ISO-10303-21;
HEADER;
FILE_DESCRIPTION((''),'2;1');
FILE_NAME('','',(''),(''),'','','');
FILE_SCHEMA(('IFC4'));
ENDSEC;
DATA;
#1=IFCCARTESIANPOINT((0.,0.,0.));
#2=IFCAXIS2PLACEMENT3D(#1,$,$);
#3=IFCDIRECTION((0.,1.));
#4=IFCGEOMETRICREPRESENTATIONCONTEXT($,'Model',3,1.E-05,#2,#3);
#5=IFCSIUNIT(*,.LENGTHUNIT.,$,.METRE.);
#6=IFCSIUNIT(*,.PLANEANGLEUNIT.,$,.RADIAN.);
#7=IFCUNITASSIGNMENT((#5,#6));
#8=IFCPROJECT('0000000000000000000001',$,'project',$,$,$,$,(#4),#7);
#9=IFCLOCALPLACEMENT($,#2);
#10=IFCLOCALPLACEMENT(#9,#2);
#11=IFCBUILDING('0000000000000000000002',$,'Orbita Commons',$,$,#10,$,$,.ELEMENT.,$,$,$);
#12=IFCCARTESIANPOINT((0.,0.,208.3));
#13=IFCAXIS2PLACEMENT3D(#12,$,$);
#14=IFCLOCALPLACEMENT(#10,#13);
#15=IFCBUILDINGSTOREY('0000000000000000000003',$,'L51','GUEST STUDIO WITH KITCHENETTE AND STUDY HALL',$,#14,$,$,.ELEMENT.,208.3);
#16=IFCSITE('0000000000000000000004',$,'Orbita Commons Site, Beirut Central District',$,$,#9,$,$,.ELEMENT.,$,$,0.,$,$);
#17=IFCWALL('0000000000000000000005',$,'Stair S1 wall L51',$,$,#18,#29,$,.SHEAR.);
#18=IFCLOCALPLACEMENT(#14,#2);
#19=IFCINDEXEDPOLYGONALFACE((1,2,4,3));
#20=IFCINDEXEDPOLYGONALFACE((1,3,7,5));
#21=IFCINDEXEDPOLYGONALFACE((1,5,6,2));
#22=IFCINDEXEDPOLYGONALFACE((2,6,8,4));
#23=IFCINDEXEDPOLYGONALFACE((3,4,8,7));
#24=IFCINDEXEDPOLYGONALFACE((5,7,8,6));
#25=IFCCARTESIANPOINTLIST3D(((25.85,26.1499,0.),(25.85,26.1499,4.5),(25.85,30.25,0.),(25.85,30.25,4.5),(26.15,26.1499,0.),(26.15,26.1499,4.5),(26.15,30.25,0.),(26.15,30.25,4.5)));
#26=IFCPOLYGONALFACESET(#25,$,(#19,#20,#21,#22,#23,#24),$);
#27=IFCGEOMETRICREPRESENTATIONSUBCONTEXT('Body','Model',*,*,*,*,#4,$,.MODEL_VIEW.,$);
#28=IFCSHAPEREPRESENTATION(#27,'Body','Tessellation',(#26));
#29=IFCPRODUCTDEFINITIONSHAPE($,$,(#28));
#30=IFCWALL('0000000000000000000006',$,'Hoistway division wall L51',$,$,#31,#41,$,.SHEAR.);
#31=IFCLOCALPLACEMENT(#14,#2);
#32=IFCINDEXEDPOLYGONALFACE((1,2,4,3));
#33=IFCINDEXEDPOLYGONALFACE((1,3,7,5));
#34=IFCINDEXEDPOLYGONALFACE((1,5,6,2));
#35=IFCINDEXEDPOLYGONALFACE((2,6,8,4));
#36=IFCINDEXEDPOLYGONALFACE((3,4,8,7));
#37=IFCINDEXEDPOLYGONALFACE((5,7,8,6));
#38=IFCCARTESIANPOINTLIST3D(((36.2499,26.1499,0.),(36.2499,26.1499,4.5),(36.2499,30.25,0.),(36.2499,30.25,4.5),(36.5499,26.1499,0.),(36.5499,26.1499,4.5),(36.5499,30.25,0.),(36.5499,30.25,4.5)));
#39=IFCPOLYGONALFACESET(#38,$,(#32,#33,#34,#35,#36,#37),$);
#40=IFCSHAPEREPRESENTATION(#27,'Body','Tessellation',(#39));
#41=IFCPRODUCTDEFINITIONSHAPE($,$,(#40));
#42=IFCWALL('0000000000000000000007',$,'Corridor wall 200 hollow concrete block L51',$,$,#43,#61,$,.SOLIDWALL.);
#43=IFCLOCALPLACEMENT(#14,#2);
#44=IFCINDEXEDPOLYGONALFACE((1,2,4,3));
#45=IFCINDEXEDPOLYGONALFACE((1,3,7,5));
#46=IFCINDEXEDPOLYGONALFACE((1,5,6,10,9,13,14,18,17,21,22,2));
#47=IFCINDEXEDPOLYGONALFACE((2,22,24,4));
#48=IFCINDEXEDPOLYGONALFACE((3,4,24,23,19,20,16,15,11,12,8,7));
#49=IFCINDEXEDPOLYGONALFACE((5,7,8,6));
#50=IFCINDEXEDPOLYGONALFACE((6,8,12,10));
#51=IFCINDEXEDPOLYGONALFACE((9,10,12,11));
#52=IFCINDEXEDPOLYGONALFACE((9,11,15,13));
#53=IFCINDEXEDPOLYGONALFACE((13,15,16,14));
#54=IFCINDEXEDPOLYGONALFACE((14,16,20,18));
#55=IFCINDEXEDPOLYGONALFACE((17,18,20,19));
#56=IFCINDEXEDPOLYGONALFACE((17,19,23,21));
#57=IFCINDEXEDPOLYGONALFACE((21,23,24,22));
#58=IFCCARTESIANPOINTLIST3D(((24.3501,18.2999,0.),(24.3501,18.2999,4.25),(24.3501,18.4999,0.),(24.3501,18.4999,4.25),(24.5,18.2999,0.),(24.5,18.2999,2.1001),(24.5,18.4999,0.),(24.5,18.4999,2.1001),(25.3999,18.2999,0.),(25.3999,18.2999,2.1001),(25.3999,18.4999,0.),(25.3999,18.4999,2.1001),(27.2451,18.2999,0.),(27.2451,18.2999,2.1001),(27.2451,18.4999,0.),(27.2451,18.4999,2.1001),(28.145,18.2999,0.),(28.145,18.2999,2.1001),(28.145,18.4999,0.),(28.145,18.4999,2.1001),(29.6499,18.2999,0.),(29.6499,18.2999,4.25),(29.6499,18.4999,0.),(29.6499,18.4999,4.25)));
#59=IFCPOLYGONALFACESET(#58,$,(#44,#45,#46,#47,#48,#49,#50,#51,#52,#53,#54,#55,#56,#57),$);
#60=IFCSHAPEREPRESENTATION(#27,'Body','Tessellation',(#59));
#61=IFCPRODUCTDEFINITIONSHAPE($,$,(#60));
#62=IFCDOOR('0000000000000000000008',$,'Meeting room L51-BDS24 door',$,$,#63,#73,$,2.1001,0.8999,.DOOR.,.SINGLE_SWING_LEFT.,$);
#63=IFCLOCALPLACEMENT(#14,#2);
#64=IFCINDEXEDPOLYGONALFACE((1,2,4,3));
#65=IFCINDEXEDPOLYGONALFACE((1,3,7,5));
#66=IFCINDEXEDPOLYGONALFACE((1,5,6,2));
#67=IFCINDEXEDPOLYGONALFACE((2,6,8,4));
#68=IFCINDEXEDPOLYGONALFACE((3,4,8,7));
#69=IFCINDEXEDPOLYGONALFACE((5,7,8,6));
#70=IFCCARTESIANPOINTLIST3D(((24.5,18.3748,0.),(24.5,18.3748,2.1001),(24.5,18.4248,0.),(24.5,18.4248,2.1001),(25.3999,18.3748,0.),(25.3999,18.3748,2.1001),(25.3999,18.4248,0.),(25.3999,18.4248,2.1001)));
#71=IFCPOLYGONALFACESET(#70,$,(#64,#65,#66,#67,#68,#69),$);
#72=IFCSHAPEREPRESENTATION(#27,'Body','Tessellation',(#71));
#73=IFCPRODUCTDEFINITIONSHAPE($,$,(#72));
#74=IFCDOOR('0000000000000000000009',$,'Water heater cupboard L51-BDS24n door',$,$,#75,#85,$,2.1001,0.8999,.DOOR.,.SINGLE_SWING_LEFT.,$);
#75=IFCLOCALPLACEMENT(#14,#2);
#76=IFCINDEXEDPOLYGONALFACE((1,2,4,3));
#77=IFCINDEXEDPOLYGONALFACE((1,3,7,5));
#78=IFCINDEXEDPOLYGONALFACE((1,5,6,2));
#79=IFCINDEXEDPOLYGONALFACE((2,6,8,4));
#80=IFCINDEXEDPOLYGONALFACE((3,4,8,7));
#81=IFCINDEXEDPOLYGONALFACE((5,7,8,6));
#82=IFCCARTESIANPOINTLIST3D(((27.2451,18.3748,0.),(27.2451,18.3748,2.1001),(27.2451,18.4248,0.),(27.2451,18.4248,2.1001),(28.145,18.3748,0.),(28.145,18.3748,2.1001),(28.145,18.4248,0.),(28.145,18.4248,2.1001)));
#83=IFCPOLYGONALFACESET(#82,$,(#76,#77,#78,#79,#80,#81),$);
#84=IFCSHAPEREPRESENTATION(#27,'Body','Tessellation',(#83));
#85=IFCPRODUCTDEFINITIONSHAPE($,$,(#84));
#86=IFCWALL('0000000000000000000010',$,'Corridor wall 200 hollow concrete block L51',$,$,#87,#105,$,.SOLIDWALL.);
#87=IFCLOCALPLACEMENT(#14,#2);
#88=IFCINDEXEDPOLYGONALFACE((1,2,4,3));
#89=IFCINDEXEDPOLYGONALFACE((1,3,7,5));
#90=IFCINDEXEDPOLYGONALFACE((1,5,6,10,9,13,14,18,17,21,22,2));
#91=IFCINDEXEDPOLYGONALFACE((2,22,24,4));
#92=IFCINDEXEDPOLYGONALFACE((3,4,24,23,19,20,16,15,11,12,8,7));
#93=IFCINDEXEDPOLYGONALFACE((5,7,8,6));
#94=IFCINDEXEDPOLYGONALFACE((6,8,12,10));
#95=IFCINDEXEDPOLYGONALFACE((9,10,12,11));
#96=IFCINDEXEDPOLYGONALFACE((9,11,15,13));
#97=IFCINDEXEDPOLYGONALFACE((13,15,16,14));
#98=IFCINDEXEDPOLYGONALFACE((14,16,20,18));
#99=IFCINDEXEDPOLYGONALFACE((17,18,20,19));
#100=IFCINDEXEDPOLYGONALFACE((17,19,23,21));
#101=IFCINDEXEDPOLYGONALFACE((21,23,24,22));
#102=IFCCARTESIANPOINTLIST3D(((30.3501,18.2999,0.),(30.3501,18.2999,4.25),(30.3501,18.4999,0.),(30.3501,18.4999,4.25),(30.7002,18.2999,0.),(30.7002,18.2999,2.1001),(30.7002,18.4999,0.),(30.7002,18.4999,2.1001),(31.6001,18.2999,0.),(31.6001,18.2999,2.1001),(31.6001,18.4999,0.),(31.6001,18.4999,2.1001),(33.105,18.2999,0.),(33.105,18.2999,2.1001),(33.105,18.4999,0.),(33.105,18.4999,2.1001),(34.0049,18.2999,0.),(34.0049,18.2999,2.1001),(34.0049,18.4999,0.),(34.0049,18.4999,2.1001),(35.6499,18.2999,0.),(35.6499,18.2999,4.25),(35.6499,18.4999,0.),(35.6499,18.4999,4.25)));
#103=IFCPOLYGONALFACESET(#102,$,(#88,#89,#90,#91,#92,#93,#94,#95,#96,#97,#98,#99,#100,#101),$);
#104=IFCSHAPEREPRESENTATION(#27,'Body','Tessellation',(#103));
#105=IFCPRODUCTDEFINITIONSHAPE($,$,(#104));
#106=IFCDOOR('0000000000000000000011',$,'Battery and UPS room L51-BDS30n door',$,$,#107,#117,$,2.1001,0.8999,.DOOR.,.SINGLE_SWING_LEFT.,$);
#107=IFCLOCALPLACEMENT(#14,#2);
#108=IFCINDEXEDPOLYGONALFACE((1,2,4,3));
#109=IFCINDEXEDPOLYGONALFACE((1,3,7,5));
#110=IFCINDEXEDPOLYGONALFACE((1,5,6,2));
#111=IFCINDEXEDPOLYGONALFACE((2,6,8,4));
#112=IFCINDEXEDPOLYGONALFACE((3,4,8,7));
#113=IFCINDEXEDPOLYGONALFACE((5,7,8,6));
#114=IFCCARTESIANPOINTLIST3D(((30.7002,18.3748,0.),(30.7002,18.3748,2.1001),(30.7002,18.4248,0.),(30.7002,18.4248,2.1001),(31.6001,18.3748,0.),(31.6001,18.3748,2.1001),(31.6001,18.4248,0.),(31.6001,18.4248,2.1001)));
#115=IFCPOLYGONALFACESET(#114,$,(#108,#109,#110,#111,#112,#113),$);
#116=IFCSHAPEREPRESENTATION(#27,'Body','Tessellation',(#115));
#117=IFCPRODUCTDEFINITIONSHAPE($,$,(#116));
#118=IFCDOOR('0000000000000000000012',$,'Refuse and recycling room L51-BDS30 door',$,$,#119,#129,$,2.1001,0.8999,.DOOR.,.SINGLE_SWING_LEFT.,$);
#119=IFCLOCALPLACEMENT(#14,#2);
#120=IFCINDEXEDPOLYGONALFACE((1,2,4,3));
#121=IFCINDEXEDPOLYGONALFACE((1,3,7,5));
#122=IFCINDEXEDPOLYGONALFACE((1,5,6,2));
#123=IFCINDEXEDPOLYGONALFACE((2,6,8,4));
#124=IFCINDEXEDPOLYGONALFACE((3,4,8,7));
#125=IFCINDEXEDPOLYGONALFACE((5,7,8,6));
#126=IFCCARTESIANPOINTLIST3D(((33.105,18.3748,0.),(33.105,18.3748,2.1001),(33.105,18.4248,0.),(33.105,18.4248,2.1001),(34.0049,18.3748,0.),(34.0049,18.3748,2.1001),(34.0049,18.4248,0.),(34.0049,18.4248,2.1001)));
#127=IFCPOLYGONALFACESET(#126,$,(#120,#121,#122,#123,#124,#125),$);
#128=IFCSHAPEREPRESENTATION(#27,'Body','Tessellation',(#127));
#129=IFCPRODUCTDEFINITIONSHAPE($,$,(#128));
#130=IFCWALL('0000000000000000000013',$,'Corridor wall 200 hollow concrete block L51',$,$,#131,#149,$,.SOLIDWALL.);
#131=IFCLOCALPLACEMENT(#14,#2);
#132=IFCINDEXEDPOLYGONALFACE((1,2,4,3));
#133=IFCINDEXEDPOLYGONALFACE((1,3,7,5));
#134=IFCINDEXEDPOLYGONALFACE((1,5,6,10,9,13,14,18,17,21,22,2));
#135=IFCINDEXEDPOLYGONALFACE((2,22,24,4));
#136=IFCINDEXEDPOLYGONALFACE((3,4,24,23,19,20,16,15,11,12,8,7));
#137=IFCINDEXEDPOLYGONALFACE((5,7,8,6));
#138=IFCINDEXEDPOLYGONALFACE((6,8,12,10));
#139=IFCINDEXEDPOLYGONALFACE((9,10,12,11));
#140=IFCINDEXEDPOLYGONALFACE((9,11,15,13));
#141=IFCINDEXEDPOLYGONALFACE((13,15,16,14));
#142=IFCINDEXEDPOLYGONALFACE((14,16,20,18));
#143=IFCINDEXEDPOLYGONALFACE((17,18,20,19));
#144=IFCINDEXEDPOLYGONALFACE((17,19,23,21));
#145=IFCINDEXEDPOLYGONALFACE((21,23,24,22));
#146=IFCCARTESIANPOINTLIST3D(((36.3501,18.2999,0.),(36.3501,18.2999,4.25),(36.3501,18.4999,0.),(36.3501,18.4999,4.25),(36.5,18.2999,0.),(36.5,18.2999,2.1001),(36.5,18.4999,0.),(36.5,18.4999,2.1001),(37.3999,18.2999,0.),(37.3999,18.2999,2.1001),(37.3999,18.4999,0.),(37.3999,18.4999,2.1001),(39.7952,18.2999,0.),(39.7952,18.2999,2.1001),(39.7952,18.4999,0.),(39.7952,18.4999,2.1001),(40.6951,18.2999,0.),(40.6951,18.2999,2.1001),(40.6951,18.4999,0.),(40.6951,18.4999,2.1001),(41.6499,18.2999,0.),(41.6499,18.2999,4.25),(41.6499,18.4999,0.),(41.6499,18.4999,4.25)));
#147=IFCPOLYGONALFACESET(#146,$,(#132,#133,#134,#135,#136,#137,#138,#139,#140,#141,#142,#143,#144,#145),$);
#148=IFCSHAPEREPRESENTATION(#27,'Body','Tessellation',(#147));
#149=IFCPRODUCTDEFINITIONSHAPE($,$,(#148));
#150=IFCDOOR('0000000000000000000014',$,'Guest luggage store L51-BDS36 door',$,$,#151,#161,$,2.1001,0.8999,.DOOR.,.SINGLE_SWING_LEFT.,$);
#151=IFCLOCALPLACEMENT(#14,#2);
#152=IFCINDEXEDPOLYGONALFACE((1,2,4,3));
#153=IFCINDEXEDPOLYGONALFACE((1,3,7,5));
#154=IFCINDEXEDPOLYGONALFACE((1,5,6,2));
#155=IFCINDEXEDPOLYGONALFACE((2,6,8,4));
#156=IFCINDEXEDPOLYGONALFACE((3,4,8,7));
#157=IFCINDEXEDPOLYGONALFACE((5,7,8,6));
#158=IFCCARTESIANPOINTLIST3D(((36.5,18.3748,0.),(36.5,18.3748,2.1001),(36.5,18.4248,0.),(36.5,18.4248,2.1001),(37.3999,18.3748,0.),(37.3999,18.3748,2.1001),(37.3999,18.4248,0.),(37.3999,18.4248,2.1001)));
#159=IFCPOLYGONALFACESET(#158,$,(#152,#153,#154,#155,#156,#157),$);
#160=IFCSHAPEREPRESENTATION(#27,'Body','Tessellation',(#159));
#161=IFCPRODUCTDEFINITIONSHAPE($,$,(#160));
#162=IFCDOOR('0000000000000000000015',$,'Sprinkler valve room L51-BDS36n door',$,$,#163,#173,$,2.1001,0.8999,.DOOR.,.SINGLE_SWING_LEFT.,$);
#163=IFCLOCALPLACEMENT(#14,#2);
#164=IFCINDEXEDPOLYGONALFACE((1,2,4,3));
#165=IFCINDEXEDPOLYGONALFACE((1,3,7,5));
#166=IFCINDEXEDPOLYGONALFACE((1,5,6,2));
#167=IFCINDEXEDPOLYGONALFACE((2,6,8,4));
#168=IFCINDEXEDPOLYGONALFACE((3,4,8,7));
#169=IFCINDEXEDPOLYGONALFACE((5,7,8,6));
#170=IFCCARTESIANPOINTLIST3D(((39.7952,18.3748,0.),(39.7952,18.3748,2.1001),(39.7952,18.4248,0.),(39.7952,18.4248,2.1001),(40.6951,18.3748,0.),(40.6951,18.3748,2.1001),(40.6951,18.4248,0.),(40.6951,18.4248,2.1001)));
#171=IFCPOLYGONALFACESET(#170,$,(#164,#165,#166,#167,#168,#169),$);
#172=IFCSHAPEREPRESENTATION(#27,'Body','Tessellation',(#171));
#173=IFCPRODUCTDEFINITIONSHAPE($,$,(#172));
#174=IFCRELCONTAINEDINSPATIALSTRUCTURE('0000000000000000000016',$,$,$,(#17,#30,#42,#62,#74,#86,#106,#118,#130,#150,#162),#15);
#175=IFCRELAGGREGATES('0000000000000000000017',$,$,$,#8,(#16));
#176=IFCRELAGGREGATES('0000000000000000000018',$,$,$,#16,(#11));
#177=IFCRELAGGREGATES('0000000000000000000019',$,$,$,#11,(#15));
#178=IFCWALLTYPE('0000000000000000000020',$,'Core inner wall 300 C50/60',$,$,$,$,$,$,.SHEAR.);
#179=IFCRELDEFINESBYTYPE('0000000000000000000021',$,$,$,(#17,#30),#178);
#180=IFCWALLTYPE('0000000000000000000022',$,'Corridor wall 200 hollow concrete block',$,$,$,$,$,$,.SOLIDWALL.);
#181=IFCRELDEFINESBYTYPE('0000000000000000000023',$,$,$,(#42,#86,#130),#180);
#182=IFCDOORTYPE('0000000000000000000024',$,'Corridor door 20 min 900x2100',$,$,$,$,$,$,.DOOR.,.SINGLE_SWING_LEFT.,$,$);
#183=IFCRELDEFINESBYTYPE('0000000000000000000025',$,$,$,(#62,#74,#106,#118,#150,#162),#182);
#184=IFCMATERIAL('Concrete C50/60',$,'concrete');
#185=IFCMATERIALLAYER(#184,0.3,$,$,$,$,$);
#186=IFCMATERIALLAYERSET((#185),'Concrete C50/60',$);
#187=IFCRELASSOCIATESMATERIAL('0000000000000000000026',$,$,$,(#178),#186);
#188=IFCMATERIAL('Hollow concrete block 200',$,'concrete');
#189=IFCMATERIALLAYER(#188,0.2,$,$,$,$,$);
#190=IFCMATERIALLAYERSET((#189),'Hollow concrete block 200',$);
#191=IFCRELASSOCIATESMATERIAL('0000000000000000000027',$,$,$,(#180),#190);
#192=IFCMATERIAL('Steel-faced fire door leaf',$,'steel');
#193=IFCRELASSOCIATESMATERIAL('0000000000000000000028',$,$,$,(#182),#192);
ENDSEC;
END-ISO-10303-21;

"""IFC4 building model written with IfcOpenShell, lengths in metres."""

from ifc_helpers import new_model, si_unit, direction, frame, frame_2d, origin, place, context, subcontext, project, spatial, rectangle, extrude, material, layer, layer_set, type_object, element, fill, save


model = new_model("IFC4")

# Units and contexts
model_context = context("Model", 3, precision=1e-05, world=origin(), true_north=direction((0.0, 1.0)))
body_context = subcontext(model_context, "Body", "Model", "MODEL_VIEW")
ifc_project = project(units=[si_unit("LENGTHUNIT", "METRE"), si_unit("PLANEANGLEUNIT", "RADIAN")], contexts=[model_context])

# Site, building, storey
site_placement = place(None, origin())
site = spatial("IfcSite", under=ifc_project, at=site_placement, Name="Orbita Commons Site, Beirut Central District", CompositionType="ELEMENT", RefElevation=0.0)
building_placement = place(site_placement, origin())
building = spatial("IfcBuilding", under=site, at=building_placement, Name="Orbita Commons", CompositionType="ELEMENT")
storey_placement = place(building_placement, frame((0.0, 0.0, 208.3)))
storey = spatial("IfcBuildingStorey", under=building, at=storey_placement, Name="L51", Description="GUEST STUDIO WITH KITCHENETTE AND STUDY HALL", CompositionType="ELEMENT", Elevation=208.3)

# Walls
ifc_material_1 = material(Name="Concrete C50/60", Category="concrete")
ifc_layer_1 = layer(ifc_material_1, 0.3)
ifc_layer_set_1 = layer_set([ifc_layer_1], Name="Concrete C50/60")
wall_type_1 = type_object("IfcWallType", Name="Core inner wall 300 C50/60", PredefinedType="SHEAR", material=ifc_layer_set_1)
for number, where, z_axis, x_axis, name in (
    (1, (26.0, 26.1499, 0.0), (0.0, 0.0, 1.0), (0.0, 1.0, 0.0), "Stair S1 wall L51"),
    (2, (36.3999, 26.1499, 0.0), (0.0, 0.0, 1.0), (0.0, 1.0, 0.0), "Hoistway division wall L51"),
):
    element("IfcWall", number, at=place(storey_placement, frame(where, z_axis=z_axis, x_axis=x_axis)), inside=storey, type_object=wall_type_1, Name=name, PredefinedType="SHEAR", context=body_context, shape_type="SweptSolid", body=[
        extrude(rectangle(XDim=4.1001, YDim=0.3, at=frame_2d((2.05, 0.0))), origin(), (0.0, 0.0, 1.0), 4.5),
    ])

# Walls, openings, doors
ifc_material_2 = material(Name="Hollow concrete block 200", Category="concrete")
ifc_layer_2 = layer(ifc_material_2, 0.2)
ifc_layer_set_2 = layer_set([ifc_layer_2], Name="Hollow concrete block 200")
wall_type_2 = type_object("IfcWallType", Name="Corridor wall 200 hollow concrete block", PredefinedType="SOLIDWALL", material=ifc_layer_set_2)
wall_1_placement = place(storey_placement, frame((24.3501, 18.3999, 0.0), z_axis=(0.0, 0.0, 1.0), x_axis=(1.0, 0.0, 0.0)))
wall_1 = element("IfcWall", 3, at=wall_1_placement, inside=storey, type_object=wall_type_2, Name="Corridor wall 200 hollow concrete block L51", PredefinedType="SOLIDWALL", context=body_context, shape_type="SweptSolid", body=[
    extrude(rectangle(XDim=5.2998, YDim=0.2, at=frame_2d((2.6499, 0.0))), origin(), (0.0, 0.0, 1.0), 4.25),
])
opening_1_placement = place(wall_1_placement, frame((0.1499, 0.0, 0.0)))
opening_1 = element("IfcOpeningElement", 4, at=opening_1_placement, cuts=wall_1, PredefinedType="OPENING", context=body_context, shape_type="SweptSolid", body=[
    extrude(rectangle(XDim=0.8999, YDim=2.1001, at=frame_2d((0.45, 1.05))), frame((0.0, 0.1099, 0.0), z_axis=(0.0, -1.0, 0.0), x_axis=(1.0, 0.0, 0.0)), (0.0, 0.0, 1.0), 0.22),
])
opening_2_placement = place(wall_1_placement, frame((2.895, 0.0, 0.0)))
opening_2 = element("IfcOpeningElement", 5, at=opening_2_placement, cuts=wall_1, PredefinedType="OPENING", context=body_context, shape_type="SweptSolid", body=[
    extrude(rectangle(XDim=0.8999, YDim=2.1001, at=frame_2d((0.45, 1.05))), frame((0.0, 0.1099, 0.0), z_axis=(0.0, -1.0, 0.0), x_axis=(1.0, 0.0, 0.0)), (0.0, 0.0, 1.0), 0.22),
])
ifc_material_3 = material(Name="Steel-faced fire door leaf", Category="steel")
door_type = type_object("IfcDoorType", Name="Corridor door 20 min 900x2100", OperationType="SINGLE_SWING_LEFT", PredefinedType="DOOR", material=ifc_material_3)
door_1_placement = place(opening_1_placement, origin())
door_1 = element("IfcDoor", 6, at=door_1_placement, inside=storey, type_object=door_type, Name="Meeting room L51-BDS24 door", OperationType="SINGLE_SWING_LEFT", OverallHeight=2.1001, OverallWidth=0.8999, PredefinedType="DOOR", context=body_context, shape_type="SweptSolid", body=[
    extrude(rectangle(XDim=0.8999, YDim=2.1001, at=frame_2d((0.45, 1.05))), frame((0.0, 0.0249, 0.0), z_axis=(0.0, -1.0, 0.0), x_axis=(1.0, 0.0, 0.0)), (0.0, 0.0, 1.0), 0.05),
])
fill(opening_1, door_1)
door_2_placement = place(opening_2_placement, origin())
door_2 = element("IfcDoor", 7, at=door_2_placement, inside=storey, type_object=door_type, Name="Water heater cupboard L51-BDS24n door", OperationType="SINGLE_SWING_LEFT", OverallHeight=2.1001, OverallWidth=0.8999, PredefinedType="DOOR", context=body_context, shape_type="SweptSolid", body=[
    extrude(rectangle(XDim=0.8999, YDim=2.1001, at=frame_2d((0.45, 1.05))), frame((0.0, 0.0249, 0.0), z_axis=(0.0, -1.0, 0.0), x_axis=(1.0, 0.0, 0.0)), (0.0, 0.0, 1.0), 0.05),
])
fill(opening_2, door_2)
wall_2_placement = place(storey_placement, frame((30.3501, 18.3999, 0.0), z_axis=(0.0, 0.0, 1.0), x_axis=(1.0, 0.0, 0.0)))
wall_2 = element("IfcWall", 8, at=wall_2_placement, inside=storey, type_object=wall_type_2, Name="Corridor wall 200 hollow concrete block L51", PredefinedType="SOLIDWALL", context=body_context, shape_type="SweptSolid", body=[
    extrude(rectangle(XDim=5.2998, YDim=0.2, at=frame_2d((2.6499, 0.0))), origin(), (0.0, 0.0, 1.0), 4.25),
])
opening_3_placement = place(wall_2_placement, frame((0.3501, 0.0, 0.0)))
opening_3 = element("IfcOpeningElement", 9, at=opening_3_placement, cuts=wall_2, PredefinedType="OPENING", context=body_context, shape_type="SweptSolid", body=[
    extrude(rectangle(XDim=0.8999, YDim=2.1001, at=frame_2d((0.45, 1.05))), frame((0.0, 0.1099, 0.0), z_axis=(0.0, -1.0, 0.0), x_axis=(1.0, 0.0, 0.0)), (0.0, 0.0, 1.0), 0.22),
])
opening_4_placement = place(wall_2_placement, frame((2.7549, 0.0, 0.0)))
opening_4 = element("IfcOpeningElement", 10, at=opening_4_placement, cuts=wall_2, PredefinedType="OPENING", context=body_context, shape_type="SweptSolid", body=[
    extrude(rectangle(XDim=0.8999, YDim=2.1001, at=frame_2d((0.45, 1.05))), frame((0.0, 0.1099, 0.0), z_axis=(0.0, -1.0, 0.0), x_axis=(1.0, 0.0, 0.0)), (0.0, 0.0, 1.0), 0.22),
])
door_3_placement = place(opening_3_placement, origin())
door_3 = element("IfcDoor", 11, at=door_3_placement, inside=storey, type_object=door_type, Name="Battery and UPS room L51-BDS30n door", OperationType="SINGLE_SWING_LEFT", OverallHeight=2.1001, OverallWidth=0.8999, PredefinedType="DOOR", context=body_context, shape_type="SweptSolid", body=[
    extrude(rectangle(XDim=0.8999, YDim=2.1001, at=frame_2d((0.45, 1.05))), frame((0.0, 0.0249, 0.0), z_axis=(0.0, -1.0, 0.0), x_axis=(1.0, 0.0, 0.0)), (0.0, 0.0, 1.0), 0.05),
])
fill(opening_3, door_3)
door_4_placement = place(opening_4_placement, origin())
door_4 = element("IfcDoor", 12, at=door_4_placement, inside=storey, type_object=door_type, Name="Refuse and recycling room L51-BDS30 door", OperationType="SINGLE_SWING_LEFT", OverallHeight=2.1001, OverallWidth=0.8999, PredefinedType="DOOR", context=body_context, shape_type="SweptSolid", body=[
    extrude(rectangle(XDim=0.8999, YDim=2.1001, at=frame_2d((0.45, 1.05))), frame((0.0, 0.0249, 0.0), z_axis=(0.0, -1.0, 0.0), x_axis=(1.0, 0.0, 0.0)), (0.0, 0.0, 1.0), 0.05),
])
fill(opening_4, door_4)
wall_3_placement = place(storey_placement, frame((36.3501, 18.3999, 0.0), z_axis=(0.0, 0.0, 1.0), x_axis=(1.0, 0.0, 0.0)))
wall_3 = element("IfcWall", 13, at=wall_3_placement, inside=storey, type_object=wall_type_2, Name="Corridor wall 200 hollow concrete block L51", PredefinedType="SOLIDWALL", context=body_context, shape_type="SweptSolid", body=[
    extrude(rectangle(XDim=5.2998, YDim=0.2, at=frame_2d((2.6499, 0.0))), origin(), (0.0, 0.0, 1.0), 4.25),
])
opening_5_placement = place(wall_3_placement, frame((0.1499, 0.0, 0.0)))
opening_5 = element("IfcOpeningElement", 14, at=opening_5_placement, cuts=wall_3, PredefinedType="OPENING", context=body_context, shape_type="SweptSolid", body=[
    extrude(rectangle(XDim=0.8999, YDim=2.1001, at=frame_2d((0.45, 1.05))), frame((0.0, 0.1099, 0.0), z_axis=(0.0, -1.0, 0.0), x_axis=(1.0, 0.0, 0.0)), (0.0, 0.0, 1.0), 0.22),
])
opening_6_placement = place(wall_3_placement, frame((3.4451, 0.0, 0.0)))
opening_6 = element("IfcOpeningElement", 15, at=opening_6_placement, cuts=wall_3, PredefinedType="OPENING", context=body_context, shape_type="SweptSolid", body=[
    extrude(rectangle(XDim=0.8999, YDim=2.1001, at=frame_2d((0.45, 1.05))), frame((0.0, 0.1099, 0.0), z_axis=(0.0, -1.0, 0.0), x_axis=(1.0, 0.0, 0.0)), (0.0, 0.0, 1.0), 0.22),
])
door_5_placement = place(opening_5_placement, origin())
door_5 = element("IfcDoor", 16, at=door_5_placement, inside=storey, type_object=door_type, Name="Guest luggage store L51-BDS36 door", OperationType="SINGLE_SWING_LEFT", OverallHeight=2.1001, OverallWidth=0.8999, PredefinedType="DOOR", context=body_context, shape_type="SweptSolid", body=[
    extrude(rectangle(XDim=0.8999, YDim=2.1001, at=frame_2d((0.45, 1.05))), frame((0.0, 0.0249, 0.0), z_axis=(0.0, -1.0, 0.0), x_axis=(1.0, 0.0, 0.0)), (0.0, 0.0, 1.0), 0.05),
])
fill(opening_5, door_5)
door_6_placement = place(opening_6_placement, origin())
door_6 = element("IfcDoor", 17, at=door_6_placement, inside=storey, type_object=door_type, Name="Sprinkler valve room L51-BDS36n door", OperationType="SINGLE_SWING_LEFT", OverallHeight=2.1001, OverallWidth=0.8999, PredefinedType="DOOR", context=body_context, shape_type="SweptSolid", body=[
    extrude(rectangle(XDim=0.8999, YDim=2.1001, at=frame_2d((0.45, 1.05))), frame((0.0, 0.0249, 0.0), z_axis=(0.0, -1.0, 0.0), x_axis=(1.0, 0.0, 0.0)), (0.0, 0.0, 1.0), 0.05),
])
fill(opening_6, door_6)

save(model, "model.ifc")
